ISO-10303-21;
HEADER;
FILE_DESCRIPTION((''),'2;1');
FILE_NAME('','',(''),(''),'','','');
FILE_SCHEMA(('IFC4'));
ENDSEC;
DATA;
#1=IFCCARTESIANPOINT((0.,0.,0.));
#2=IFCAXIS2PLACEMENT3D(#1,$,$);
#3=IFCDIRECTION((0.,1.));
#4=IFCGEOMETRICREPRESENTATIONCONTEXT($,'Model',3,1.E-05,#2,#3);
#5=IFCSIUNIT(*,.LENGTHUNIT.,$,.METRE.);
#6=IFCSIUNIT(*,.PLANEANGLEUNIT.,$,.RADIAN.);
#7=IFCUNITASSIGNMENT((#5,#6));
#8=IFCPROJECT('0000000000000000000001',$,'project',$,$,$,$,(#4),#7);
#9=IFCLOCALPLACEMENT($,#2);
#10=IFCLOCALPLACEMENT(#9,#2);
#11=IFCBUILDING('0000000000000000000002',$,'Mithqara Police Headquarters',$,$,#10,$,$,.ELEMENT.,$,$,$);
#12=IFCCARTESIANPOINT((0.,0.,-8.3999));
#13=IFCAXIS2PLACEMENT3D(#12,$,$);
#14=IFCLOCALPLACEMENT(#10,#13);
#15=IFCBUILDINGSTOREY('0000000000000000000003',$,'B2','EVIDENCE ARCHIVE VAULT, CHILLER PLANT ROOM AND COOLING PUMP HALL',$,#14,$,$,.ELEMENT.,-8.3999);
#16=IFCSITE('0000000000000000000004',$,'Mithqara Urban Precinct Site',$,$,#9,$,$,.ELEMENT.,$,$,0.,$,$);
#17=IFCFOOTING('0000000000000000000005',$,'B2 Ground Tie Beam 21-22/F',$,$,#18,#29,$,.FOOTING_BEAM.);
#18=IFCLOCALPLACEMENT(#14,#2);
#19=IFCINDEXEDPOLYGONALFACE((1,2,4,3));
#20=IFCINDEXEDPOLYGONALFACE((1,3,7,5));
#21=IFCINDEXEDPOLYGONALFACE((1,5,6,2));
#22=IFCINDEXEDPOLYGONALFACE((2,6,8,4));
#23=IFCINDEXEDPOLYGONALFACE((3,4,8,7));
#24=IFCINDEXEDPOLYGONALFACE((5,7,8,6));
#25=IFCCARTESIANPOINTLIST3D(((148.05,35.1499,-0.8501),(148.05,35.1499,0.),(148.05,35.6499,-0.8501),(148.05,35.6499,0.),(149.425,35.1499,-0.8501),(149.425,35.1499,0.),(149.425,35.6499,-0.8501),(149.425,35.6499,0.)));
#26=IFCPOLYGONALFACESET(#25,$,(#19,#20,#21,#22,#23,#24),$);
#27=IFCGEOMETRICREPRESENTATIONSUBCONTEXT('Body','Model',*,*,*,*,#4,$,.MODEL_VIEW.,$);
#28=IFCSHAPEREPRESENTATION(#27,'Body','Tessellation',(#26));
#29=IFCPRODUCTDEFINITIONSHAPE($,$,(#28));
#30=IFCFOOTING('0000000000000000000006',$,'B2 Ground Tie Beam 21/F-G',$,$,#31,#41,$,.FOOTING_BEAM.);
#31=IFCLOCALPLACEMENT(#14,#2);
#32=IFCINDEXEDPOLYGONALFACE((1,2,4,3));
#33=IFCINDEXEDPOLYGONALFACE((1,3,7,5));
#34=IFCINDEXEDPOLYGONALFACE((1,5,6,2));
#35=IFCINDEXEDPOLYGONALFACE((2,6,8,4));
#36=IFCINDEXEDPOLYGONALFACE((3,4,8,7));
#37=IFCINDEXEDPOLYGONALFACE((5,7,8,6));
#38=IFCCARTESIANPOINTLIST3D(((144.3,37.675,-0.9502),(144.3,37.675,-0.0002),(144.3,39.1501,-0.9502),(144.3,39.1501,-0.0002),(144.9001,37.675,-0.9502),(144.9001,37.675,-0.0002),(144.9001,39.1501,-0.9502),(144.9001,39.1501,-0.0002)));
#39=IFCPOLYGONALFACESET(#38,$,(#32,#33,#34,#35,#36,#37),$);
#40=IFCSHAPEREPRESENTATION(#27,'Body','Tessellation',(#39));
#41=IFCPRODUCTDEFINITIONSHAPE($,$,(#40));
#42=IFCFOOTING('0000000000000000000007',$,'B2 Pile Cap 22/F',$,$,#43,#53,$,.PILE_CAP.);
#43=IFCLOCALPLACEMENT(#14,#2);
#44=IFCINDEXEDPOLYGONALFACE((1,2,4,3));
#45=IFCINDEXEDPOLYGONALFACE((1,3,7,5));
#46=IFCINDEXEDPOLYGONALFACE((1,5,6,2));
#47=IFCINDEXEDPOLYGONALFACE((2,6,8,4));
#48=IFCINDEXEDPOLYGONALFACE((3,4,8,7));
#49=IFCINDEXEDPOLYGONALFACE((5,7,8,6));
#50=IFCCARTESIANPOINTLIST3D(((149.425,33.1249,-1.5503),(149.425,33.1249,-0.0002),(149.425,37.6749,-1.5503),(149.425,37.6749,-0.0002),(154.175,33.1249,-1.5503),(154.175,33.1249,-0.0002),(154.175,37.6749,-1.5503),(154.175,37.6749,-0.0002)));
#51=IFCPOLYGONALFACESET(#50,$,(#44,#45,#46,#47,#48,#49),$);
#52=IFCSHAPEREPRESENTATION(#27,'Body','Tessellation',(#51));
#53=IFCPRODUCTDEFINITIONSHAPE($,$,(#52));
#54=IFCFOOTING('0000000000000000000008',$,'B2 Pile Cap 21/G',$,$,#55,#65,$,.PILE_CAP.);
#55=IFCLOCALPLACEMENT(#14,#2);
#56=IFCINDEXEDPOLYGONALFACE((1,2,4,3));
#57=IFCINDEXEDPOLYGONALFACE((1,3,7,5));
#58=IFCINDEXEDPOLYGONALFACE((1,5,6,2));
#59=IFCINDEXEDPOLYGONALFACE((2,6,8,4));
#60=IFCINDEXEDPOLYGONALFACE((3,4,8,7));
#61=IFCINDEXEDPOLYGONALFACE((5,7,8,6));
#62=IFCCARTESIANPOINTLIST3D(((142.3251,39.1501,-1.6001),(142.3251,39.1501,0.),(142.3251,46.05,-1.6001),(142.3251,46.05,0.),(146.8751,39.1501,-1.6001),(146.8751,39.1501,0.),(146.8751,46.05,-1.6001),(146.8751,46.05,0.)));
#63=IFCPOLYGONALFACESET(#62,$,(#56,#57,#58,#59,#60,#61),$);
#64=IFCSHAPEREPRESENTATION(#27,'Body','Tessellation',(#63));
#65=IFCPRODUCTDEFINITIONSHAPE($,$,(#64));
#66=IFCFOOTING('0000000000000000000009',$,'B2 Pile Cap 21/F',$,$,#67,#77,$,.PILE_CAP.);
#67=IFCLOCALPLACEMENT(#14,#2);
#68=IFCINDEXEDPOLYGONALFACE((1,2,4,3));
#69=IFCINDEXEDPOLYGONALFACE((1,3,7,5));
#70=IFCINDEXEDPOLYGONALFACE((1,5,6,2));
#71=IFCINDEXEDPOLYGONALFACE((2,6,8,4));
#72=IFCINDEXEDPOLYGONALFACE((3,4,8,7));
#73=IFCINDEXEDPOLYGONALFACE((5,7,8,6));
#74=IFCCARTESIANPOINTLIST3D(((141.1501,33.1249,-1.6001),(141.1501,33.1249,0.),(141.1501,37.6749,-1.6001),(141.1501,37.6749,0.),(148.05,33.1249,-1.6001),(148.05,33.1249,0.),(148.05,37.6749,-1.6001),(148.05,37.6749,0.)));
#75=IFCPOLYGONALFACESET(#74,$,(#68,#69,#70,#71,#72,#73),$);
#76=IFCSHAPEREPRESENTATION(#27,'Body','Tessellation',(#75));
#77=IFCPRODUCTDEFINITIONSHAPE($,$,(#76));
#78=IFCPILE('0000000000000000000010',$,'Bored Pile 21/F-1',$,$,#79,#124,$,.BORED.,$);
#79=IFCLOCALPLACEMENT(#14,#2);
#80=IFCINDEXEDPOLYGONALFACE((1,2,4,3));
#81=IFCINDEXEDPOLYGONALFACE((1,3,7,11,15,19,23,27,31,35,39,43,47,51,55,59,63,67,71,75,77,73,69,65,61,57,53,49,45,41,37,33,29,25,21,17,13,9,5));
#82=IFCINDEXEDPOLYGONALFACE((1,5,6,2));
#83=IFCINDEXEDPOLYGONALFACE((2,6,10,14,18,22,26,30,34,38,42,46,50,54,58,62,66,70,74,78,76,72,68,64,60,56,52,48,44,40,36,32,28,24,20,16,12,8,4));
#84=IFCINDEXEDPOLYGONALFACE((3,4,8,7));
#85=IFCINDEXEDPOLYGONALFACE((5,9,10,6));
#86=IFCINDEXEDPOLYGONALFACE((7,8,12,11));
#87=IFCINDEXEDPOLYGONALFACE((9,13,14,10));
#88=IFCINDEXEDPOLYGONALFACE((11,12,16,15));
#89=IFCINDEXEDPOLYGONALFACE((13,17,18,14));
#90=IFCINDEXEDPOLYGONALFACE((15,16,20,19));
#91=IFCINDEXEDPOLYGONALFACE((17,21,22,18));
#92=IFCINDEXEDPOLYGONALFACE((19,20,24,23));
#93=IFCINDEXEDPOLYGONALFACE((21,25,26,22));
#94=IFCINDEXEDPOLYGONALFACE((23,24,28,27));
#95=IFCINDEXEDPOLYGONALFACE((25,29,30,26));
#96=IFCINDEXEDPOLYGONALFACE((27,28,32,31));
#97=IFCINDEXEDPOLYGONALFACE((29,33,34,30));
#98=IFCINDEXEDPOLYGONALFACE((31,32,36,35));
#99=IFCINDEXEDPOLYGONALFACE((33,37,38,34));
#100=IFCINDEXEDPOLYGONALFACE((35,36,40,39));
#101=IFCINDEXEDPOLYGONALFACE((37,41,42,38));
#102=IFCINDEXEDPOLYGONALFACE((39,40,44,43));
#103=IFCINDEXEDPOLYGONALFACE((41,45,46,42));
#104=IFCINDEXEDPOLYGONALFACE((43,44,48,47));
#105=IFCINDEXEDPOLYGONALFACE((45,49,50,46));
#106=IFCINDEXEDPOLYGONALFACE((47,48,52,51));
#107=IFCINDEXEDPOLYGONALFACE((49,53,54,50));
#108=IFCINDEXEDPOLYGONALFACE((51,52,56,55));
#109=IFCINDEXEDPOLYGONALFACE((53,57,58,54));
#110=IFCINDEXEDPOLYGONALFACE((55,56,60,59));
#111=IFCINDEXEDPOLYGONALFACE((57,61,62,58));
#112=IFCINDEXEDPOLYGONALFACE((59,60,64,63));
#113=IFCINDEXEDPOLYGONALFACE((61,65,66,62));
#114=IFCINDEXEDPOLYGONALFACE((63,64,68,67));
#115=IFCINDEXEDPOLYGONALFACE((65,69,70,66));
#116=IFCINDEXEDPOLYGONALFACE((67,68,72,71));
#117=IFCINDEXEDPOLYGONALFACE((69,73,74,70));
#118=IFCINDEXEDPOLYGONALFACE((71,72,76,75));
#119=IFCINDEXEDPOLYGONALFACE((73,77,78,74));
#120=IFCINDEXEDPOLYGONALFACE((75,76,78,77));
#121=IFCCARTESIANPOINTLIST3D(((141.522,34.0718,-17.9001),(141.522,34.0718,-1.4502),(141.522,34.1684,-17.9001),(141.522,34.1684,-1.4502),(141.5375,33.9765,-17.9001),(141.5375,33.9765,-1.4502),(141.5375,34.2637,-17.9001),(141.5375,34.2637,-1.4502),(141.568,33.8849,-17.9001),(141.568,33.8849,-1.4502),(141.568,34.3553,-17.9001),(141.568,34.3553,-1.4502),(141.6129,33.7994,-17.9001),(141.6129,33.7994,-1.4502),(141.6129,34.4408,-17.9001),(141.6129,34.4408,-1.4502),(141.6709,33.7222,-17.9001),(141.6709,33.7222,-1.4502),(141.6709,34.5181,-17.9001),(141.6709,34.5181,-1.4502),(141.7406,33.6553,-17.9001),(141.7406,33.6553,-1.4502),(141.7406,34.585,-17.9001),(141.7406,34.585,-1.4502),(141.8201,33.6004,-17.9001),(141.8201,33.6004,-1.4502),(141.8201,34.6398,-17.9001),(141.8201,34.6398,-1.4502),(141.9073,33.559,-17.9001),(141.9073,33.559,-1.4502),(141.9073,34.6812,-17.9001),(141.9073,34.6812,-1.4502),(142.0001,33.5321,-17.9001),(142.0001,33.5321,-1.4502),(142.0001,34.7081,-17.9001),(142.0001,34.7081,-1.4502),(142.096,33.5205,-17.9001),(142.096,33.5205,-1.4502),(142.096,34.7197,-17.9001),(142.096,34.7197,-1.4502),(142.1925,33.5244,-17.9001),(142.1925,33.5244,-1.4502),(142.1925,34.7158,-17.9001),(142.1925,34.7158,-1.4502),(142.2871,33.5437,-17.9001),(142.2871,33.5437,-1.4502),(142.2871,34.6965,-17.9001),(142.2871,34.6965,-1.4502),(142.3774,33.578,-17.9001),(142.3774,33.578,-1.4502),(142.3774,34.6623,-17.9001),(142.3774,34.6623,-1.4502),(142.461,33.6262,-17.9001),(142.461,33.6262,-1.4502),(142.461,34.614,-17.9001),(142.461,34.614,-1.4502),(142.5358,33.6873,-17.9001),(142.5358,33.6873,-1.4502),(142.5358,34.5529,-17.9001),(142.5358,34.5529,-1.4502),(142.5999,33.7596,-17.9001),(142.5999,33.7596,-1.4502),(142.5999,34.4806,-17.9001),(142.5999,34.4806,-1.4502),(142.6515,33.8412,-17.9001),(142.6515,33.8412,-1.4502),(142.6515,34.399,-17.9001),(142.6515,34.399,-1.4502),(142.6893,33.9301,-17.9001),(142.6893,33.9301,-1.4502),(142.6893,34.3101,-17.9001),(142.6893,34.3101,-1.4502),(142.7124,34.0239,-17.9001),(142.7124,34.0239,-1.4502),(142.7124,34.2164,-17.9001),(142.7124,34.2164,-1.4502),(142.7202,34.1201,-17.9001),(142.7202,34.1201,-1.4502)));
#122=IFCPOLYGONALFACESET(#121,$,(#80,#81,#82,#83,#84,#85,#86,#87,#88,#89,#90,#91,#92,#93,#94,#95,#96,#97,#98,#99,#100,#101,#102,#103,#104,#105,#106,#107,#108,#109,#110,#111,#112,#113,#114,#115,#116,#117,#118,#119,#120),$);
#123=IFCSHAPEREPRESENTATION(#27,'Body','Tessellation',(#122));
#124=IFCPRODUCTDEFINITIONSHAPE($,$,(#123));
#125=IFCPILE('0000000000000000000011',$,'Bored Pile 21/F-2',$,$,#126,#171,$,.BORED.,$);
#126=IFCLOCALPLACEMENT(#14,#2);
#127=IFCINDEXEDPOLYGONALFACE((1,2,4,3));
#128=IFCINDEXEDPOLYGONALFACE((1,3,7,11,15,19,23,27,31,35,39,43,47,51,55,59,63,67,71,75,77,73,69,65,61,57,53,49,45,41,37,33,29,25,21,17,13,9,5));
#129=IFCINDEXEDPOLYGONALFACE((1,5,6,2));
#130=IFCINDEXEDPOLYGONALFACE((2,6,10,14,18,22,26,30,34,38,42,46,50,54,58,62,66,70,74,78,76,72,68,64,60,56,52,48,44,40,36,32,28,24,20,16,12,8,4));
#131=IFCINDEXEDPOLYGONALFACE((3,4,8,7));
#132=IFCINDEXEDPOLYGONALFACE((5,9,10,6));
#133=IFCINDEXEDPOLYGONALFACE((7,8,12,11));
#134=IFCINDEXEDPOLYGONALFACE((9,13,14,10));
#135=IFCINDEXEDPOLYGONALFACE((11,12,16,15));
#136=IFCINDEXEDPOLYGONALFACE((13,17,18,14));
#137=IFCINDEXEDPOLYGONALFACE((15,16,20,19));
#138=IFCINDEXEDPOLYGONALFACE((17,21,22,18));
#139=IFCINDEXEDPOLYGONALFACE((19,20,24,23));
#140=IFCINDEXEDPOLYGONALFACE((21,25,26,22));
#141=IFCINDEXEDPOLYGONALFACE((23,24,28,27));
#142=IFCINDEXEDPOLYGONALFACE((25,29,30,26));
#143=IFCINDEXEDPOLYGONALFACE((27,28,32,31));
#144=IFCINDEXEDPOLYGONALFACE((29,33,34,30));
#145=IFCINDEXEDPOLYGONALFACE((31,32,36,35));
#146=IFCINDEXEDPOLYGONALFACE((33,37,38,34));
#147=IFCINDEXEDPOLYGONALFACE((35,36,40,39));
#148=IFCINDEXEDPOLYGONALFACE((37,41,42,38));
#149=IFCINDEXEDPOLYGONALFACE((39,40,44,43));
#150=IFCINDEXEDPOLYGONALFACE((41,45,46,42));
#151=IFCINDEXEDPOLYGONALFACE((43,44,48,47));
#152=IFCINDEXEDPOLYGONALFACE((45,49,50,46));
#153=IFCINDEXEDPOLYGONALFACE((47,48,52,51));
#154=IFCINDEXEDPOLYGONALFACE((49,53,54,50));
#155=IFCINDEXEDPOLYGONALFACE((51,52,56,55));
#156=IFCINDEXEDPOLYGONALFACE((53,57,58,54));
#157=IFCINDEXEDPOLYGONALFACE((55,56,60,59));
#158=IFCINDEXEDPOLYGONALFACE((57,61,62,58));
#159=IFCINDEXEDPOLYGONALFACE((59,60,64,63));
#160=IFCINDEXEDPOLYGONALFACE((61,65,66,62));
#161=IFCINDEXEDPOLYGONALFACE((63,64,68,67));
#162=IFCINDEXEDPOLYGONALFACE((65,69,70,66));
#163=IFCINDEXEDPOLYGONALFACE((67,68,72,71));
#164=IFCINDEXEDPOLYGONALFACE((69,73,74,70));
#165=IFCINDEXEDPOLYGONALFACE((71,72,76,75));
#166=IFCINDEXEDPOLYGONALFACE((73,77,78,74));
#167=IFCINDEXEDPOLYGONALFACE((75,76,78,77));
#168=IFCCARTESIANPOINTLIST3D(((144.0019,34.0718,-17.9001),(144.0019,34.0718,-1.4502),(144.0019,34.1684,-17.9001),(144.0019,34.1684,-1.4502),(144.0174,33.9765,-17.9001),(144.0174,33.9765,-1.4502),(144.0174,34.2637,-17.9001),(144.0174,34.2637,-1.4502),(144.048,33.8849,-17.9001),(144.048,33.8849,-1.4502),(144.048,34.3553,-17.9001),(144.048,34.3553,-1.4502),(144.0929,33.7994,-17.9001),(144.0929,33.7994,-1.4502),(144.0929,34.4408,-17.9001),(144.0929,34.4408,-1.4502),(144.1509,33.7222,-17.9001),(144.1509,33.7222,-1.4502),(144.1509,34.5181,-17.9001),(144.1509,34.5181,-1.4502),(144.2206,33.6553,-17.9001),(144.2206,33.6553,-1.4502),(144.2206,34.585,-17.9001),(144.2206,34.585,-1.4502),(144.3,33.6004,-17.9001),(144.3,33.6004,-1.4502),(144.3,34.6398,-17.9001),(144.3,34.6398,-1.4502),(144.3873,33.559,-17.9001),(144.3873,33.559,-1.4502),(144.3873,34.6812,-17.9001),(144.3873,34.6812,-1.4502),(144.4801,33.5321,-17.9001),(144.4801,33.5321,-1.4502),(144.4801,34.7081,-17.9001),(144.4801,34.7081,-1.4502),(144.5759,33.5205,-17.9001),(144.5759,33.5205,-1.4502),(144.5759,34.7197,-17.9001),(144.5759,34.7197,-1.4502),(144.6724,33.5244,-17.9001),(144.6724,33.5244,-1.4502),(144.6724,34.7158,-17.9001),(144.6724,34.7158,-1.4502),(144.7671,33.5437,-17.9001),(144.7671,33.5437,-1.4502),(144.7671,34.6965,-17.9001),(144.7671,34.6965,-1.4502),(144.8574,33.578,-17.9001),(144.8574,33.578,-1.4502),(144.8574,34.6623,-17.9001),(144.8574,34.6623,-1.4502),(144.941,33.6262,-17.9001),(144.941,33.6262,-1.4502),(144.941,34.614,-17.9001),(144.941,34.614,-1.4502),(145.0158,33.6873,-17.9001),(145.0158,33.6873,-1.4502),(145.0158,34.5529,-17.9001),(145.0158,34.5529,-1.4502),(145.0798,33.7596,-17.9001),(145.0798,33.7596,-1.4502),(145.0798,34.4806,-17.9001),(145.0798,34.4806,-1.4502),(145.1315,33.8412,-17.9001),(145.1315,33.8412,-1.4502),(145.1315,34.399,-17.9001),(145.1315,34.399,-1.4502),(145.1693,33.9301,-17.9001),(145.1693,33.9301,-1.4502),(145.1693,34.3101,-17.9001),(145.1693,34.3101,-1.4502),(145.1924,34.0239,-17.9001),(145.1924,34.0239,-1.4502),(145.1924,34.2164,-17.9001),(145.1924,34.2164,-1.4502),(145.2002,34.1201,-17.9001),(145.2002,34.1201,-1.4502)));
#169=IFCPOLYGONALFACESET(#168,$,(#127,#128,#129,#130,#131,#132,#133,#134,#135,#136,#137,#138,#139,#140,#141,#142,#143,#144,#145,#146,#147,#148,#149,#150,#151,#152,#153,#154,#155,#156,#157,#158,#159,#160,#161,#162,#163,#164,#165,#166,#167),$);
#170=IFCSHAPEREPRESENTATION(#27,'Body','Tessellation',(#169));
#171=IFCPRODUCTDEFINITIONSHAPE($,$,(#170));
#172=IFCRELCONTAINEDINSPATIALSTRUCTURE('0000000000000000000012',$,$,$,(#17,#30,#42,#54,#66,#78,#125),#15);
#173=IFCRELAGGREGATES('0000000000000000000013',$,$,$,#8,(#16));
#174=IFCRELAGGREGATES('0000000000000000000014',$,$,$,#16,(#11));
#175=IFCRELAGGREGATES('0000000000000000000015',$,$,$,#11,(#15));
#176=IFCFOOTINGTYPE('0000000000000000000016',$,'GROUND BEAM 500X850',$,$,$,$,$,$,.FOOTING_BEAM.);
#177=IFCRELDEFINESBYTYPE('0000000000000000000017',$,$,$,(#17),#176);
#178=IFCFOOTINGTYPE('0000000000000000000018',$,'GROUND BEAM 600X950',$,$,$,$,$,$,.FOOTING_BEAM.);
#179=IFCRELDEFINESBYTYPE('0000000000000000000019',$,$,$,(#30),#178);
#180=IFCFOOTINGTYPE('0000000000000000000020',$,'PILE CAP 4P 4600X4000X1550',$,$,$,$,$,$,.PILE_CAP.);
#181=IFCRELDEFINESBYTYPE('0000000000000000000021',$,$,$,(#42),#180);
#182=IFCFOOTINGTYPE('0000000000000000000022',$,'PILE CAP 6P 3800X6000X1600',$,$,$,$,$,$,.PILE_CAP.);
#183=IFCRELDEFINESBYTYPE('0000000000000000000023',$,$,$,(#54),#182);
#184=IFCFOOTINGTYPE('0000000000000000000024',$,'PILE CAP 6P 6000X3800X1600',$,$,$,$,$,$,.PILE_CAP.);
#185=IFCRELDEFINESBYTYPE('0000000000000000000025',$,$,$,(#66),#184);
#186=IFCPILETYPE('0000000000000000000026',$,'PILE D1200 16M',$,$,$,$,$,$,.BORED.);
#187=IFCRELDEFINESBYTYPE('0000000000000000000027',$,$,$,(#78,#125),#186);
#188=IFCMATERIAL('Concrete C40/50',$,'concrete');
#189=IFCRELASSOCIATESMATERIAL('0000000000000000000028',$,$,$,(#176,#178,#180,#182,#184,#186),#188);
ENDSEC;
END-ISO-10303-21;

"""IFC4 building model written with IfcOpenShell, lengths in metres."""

from ifc_helpers import new_model, si_unit, direction, frame, origin, origin_2d, place, context, subcontext, project, spatial, rectangle, circle, extrude, material, material_profile, profile_set, type_object, element, save


model = new_model("IFC4")

# Units and contexts
model_context = context("Model", 3, precision=1e-05, world=origin(), true_north=direction((0.0, 1.0)))
body_context = subcontext(model_context, "Body", "Model", "MODEL_VIEW")
ifc_project = project(units=[si_unit("LENGTHUNIT", "METRE"), si_unit("PLANEANGLEUNIT", "RADIAN")], contexts=[model_context])

# Site, building, storey
site_placement = place(None, origin())
site = spatial("IfcSite", under=ifc_project, at=site_placement, Name="Mithqara Urban Precinct Site", CompositionType="ELEMENT", RefElevation=0.0)
building_placement = place(site_placement, origin())
building = spatial("IfcBuilding", under=site, at=building_placement, Name="Mithqara Police Headquarters", CompositionType="ELEMENT")
storey_placement = place(building_placement, frame((0.0, 0.0, -8.3999)))
storey = spatial("IfcBuildingStorey", under=building, at=storey_placement, Name="B2", Description="EVIDENCE ARCHIVE VAULT, CHILLER PLANT ROOM AND COOLING PUMP HALL", CompositionType="ELEMENT", Elevation=-8.3999)

# Footings
ifc_material_1 = material(Name="Concrete C40/50", Category="concrete")
footing_type_1 = type_object("IfcFootingType", Name="GROUND BEAM 500X850", PredefinedType="FOOTING_BEAM", material=ifc_material_1)
footing_1_placement = place(storey_placement, frame((148.7375, 35.3999, -0.8501), z_axis=(0.0, 0.0, 1.0), x_axis=(1.0, 0.0, 0.0)))
element("IfcFooting", 1, at=footing_1_placement, inside=storey, type_object=footing_type_1, Name="B2 Ground Tie Beam 21-22/F", PredefinedType="FOOTING_BEAM", context=body_context, shape_type="SweptSolid", body=[
    extrude(rectangle(XDim=1.375, YDim=0.5, at=origin_2d()), origin(), (0.0, 0.0, 1.0), 0.8501),
])
footing_type_2 = type_object("IfcFootingType", Name="GROUND BEAM 600X950", PredefinedType="FOOTING_BEAM", material=ifc_material_1)
footing_2_placement = place(storey_placement, frame((144.6001, 38.4126, -0.9502), z_axis=(0.0, 0.0, 1.0), x_axis=(1.0, 0.0, 0.0)))
element("IfcFooting", 2, at=footing_2_placement, inside=storey, type_object=footing_type_2, Name="B2 Ground Tie Beam 21/F-G", PredefinedType="FOOTING_BEAM", context=body_context, shape_type="SweptSolid", body=[
    extrude(rectangle(XDim=0.6001, YDim=1.4751, at=origin_2d()), origin(), (0.0, 0.0, 1.0), 0.95),
])
footing_type_3 = type_object("IfcFootingType", Name="PILE CAP 4P 4600X4000X1550", PredefinedType="PILE_CAP", material=ifc_material_1)
footing_3_placement = place(storey_placement, frame((151.8, 35.3999, -1.5503), z_axis=(0.0, 0.0, 1.0), x_axis=(1.0, 0.0, 0.0)))
element("IfcFooting", 3, at=footing_3_placement, inside=storey, type_object=footing_type_3, Name="B2 Pile Cap 22/F", PredefinedType="PILE_CAP", context=body_context, shape_type="SweptSolid", body=[
    extrude(rectangle(XDim=4.75, YDim=4.55, at=origin_2d()), origin(), (0.0, 0.0, 1.0), 1.55),
])
footing_type_4 = type_object("IfcFootingType", Name="PILE CAP 6P 3800X6000X1600", PredefinedType="PILE_CAP", material=ifc_material_1)
footing_4_placement = place(storey_placement, frame((144.6001, 42.6001, -1.6001), z_axis=(0.0, 0.0, 1.0), x_axis=(1.0, 0.0, 0.0)))
element("IfcFooting", 4, at=footing_4_placement, inside=storey, type_object=footing_type_4, Name="B2 Pile Cap 21/G", PredefinedType="PILE_CAP", context=body_context, shape_type="SweptSolid", body=[
    extrude(rectangle(XDim=4.55, YDim=6.8999, at=origin_2d()), origin(), (0.0, 0.0, 1.0), 1.6001),
])
footing_type_5 = type_object("IfcFootingType", Name="PILE CAP 6P 6000X3800X1600", PredefinedType="PILE_CAP", material=ifc_material_1)
footing_5_placement = place(storey_placement, frame((144.6001, 35.3999, -1.6001), z_axis=(0.0, 0.0, 1.0), x_axis=(1.0, 0.0, 0.0)))
element("IfcFooting", 5, at=footing_5_placement, inside=storey, type_object=footing_type_5, Name="B2 Pile Cap 21/F", PredefinedType="PILE_CAP", context=body_context, shape_type="SweptSolid", body=[
    extrude(rectangle(XDim=6.8999, YDim=4.55, at=origin_2d()), origin(), (0.0, 0.0, 1.0), 1.6001),
])

# Piles
ifc_material_profile_1 = material_profile(ifc_material_1, circle(Radius=0.6001, at=origin_2d()), Name="PILE D1200")
ifc_profile_set_1 = profile_set([ifc_material_profile_1], Name="Concrete C40/50")
pile_type = type_object("IfcPileType", Name="PILE D1200 16M", PredefinedType="BORED", material=ifc_profile_set_1)
for number, where, z_axis, x_axis, name in (
    (6, (142.1201, 34.1201, -1.4502), (0.0, 0.0, -1.0), (1.0, 0.0, 0.0), "Bored Pile 21/F-1"),
    (7, (144.6001, 34.1201, -1.4502), (0.0, 0.0, -1.0), (1.0, 0.0, 0.0), "Bored Pile 21/F-2"),
):
    element("IfcPile", number, at=place(storey_placement, frame(where, z_axis=z_axis, x_axis=x_axis)), inside=storey, type_object=pile_type, Name=name, PredefinedType="BORED", context=body_context, shape_type="SweptSolid", body=[
        extrude(circle(Radius=0.6001, at=origin_2d()), origin(), (0.0, 0.0, 1.0), 16.45),
    ])

save(model, "model.ifc")
